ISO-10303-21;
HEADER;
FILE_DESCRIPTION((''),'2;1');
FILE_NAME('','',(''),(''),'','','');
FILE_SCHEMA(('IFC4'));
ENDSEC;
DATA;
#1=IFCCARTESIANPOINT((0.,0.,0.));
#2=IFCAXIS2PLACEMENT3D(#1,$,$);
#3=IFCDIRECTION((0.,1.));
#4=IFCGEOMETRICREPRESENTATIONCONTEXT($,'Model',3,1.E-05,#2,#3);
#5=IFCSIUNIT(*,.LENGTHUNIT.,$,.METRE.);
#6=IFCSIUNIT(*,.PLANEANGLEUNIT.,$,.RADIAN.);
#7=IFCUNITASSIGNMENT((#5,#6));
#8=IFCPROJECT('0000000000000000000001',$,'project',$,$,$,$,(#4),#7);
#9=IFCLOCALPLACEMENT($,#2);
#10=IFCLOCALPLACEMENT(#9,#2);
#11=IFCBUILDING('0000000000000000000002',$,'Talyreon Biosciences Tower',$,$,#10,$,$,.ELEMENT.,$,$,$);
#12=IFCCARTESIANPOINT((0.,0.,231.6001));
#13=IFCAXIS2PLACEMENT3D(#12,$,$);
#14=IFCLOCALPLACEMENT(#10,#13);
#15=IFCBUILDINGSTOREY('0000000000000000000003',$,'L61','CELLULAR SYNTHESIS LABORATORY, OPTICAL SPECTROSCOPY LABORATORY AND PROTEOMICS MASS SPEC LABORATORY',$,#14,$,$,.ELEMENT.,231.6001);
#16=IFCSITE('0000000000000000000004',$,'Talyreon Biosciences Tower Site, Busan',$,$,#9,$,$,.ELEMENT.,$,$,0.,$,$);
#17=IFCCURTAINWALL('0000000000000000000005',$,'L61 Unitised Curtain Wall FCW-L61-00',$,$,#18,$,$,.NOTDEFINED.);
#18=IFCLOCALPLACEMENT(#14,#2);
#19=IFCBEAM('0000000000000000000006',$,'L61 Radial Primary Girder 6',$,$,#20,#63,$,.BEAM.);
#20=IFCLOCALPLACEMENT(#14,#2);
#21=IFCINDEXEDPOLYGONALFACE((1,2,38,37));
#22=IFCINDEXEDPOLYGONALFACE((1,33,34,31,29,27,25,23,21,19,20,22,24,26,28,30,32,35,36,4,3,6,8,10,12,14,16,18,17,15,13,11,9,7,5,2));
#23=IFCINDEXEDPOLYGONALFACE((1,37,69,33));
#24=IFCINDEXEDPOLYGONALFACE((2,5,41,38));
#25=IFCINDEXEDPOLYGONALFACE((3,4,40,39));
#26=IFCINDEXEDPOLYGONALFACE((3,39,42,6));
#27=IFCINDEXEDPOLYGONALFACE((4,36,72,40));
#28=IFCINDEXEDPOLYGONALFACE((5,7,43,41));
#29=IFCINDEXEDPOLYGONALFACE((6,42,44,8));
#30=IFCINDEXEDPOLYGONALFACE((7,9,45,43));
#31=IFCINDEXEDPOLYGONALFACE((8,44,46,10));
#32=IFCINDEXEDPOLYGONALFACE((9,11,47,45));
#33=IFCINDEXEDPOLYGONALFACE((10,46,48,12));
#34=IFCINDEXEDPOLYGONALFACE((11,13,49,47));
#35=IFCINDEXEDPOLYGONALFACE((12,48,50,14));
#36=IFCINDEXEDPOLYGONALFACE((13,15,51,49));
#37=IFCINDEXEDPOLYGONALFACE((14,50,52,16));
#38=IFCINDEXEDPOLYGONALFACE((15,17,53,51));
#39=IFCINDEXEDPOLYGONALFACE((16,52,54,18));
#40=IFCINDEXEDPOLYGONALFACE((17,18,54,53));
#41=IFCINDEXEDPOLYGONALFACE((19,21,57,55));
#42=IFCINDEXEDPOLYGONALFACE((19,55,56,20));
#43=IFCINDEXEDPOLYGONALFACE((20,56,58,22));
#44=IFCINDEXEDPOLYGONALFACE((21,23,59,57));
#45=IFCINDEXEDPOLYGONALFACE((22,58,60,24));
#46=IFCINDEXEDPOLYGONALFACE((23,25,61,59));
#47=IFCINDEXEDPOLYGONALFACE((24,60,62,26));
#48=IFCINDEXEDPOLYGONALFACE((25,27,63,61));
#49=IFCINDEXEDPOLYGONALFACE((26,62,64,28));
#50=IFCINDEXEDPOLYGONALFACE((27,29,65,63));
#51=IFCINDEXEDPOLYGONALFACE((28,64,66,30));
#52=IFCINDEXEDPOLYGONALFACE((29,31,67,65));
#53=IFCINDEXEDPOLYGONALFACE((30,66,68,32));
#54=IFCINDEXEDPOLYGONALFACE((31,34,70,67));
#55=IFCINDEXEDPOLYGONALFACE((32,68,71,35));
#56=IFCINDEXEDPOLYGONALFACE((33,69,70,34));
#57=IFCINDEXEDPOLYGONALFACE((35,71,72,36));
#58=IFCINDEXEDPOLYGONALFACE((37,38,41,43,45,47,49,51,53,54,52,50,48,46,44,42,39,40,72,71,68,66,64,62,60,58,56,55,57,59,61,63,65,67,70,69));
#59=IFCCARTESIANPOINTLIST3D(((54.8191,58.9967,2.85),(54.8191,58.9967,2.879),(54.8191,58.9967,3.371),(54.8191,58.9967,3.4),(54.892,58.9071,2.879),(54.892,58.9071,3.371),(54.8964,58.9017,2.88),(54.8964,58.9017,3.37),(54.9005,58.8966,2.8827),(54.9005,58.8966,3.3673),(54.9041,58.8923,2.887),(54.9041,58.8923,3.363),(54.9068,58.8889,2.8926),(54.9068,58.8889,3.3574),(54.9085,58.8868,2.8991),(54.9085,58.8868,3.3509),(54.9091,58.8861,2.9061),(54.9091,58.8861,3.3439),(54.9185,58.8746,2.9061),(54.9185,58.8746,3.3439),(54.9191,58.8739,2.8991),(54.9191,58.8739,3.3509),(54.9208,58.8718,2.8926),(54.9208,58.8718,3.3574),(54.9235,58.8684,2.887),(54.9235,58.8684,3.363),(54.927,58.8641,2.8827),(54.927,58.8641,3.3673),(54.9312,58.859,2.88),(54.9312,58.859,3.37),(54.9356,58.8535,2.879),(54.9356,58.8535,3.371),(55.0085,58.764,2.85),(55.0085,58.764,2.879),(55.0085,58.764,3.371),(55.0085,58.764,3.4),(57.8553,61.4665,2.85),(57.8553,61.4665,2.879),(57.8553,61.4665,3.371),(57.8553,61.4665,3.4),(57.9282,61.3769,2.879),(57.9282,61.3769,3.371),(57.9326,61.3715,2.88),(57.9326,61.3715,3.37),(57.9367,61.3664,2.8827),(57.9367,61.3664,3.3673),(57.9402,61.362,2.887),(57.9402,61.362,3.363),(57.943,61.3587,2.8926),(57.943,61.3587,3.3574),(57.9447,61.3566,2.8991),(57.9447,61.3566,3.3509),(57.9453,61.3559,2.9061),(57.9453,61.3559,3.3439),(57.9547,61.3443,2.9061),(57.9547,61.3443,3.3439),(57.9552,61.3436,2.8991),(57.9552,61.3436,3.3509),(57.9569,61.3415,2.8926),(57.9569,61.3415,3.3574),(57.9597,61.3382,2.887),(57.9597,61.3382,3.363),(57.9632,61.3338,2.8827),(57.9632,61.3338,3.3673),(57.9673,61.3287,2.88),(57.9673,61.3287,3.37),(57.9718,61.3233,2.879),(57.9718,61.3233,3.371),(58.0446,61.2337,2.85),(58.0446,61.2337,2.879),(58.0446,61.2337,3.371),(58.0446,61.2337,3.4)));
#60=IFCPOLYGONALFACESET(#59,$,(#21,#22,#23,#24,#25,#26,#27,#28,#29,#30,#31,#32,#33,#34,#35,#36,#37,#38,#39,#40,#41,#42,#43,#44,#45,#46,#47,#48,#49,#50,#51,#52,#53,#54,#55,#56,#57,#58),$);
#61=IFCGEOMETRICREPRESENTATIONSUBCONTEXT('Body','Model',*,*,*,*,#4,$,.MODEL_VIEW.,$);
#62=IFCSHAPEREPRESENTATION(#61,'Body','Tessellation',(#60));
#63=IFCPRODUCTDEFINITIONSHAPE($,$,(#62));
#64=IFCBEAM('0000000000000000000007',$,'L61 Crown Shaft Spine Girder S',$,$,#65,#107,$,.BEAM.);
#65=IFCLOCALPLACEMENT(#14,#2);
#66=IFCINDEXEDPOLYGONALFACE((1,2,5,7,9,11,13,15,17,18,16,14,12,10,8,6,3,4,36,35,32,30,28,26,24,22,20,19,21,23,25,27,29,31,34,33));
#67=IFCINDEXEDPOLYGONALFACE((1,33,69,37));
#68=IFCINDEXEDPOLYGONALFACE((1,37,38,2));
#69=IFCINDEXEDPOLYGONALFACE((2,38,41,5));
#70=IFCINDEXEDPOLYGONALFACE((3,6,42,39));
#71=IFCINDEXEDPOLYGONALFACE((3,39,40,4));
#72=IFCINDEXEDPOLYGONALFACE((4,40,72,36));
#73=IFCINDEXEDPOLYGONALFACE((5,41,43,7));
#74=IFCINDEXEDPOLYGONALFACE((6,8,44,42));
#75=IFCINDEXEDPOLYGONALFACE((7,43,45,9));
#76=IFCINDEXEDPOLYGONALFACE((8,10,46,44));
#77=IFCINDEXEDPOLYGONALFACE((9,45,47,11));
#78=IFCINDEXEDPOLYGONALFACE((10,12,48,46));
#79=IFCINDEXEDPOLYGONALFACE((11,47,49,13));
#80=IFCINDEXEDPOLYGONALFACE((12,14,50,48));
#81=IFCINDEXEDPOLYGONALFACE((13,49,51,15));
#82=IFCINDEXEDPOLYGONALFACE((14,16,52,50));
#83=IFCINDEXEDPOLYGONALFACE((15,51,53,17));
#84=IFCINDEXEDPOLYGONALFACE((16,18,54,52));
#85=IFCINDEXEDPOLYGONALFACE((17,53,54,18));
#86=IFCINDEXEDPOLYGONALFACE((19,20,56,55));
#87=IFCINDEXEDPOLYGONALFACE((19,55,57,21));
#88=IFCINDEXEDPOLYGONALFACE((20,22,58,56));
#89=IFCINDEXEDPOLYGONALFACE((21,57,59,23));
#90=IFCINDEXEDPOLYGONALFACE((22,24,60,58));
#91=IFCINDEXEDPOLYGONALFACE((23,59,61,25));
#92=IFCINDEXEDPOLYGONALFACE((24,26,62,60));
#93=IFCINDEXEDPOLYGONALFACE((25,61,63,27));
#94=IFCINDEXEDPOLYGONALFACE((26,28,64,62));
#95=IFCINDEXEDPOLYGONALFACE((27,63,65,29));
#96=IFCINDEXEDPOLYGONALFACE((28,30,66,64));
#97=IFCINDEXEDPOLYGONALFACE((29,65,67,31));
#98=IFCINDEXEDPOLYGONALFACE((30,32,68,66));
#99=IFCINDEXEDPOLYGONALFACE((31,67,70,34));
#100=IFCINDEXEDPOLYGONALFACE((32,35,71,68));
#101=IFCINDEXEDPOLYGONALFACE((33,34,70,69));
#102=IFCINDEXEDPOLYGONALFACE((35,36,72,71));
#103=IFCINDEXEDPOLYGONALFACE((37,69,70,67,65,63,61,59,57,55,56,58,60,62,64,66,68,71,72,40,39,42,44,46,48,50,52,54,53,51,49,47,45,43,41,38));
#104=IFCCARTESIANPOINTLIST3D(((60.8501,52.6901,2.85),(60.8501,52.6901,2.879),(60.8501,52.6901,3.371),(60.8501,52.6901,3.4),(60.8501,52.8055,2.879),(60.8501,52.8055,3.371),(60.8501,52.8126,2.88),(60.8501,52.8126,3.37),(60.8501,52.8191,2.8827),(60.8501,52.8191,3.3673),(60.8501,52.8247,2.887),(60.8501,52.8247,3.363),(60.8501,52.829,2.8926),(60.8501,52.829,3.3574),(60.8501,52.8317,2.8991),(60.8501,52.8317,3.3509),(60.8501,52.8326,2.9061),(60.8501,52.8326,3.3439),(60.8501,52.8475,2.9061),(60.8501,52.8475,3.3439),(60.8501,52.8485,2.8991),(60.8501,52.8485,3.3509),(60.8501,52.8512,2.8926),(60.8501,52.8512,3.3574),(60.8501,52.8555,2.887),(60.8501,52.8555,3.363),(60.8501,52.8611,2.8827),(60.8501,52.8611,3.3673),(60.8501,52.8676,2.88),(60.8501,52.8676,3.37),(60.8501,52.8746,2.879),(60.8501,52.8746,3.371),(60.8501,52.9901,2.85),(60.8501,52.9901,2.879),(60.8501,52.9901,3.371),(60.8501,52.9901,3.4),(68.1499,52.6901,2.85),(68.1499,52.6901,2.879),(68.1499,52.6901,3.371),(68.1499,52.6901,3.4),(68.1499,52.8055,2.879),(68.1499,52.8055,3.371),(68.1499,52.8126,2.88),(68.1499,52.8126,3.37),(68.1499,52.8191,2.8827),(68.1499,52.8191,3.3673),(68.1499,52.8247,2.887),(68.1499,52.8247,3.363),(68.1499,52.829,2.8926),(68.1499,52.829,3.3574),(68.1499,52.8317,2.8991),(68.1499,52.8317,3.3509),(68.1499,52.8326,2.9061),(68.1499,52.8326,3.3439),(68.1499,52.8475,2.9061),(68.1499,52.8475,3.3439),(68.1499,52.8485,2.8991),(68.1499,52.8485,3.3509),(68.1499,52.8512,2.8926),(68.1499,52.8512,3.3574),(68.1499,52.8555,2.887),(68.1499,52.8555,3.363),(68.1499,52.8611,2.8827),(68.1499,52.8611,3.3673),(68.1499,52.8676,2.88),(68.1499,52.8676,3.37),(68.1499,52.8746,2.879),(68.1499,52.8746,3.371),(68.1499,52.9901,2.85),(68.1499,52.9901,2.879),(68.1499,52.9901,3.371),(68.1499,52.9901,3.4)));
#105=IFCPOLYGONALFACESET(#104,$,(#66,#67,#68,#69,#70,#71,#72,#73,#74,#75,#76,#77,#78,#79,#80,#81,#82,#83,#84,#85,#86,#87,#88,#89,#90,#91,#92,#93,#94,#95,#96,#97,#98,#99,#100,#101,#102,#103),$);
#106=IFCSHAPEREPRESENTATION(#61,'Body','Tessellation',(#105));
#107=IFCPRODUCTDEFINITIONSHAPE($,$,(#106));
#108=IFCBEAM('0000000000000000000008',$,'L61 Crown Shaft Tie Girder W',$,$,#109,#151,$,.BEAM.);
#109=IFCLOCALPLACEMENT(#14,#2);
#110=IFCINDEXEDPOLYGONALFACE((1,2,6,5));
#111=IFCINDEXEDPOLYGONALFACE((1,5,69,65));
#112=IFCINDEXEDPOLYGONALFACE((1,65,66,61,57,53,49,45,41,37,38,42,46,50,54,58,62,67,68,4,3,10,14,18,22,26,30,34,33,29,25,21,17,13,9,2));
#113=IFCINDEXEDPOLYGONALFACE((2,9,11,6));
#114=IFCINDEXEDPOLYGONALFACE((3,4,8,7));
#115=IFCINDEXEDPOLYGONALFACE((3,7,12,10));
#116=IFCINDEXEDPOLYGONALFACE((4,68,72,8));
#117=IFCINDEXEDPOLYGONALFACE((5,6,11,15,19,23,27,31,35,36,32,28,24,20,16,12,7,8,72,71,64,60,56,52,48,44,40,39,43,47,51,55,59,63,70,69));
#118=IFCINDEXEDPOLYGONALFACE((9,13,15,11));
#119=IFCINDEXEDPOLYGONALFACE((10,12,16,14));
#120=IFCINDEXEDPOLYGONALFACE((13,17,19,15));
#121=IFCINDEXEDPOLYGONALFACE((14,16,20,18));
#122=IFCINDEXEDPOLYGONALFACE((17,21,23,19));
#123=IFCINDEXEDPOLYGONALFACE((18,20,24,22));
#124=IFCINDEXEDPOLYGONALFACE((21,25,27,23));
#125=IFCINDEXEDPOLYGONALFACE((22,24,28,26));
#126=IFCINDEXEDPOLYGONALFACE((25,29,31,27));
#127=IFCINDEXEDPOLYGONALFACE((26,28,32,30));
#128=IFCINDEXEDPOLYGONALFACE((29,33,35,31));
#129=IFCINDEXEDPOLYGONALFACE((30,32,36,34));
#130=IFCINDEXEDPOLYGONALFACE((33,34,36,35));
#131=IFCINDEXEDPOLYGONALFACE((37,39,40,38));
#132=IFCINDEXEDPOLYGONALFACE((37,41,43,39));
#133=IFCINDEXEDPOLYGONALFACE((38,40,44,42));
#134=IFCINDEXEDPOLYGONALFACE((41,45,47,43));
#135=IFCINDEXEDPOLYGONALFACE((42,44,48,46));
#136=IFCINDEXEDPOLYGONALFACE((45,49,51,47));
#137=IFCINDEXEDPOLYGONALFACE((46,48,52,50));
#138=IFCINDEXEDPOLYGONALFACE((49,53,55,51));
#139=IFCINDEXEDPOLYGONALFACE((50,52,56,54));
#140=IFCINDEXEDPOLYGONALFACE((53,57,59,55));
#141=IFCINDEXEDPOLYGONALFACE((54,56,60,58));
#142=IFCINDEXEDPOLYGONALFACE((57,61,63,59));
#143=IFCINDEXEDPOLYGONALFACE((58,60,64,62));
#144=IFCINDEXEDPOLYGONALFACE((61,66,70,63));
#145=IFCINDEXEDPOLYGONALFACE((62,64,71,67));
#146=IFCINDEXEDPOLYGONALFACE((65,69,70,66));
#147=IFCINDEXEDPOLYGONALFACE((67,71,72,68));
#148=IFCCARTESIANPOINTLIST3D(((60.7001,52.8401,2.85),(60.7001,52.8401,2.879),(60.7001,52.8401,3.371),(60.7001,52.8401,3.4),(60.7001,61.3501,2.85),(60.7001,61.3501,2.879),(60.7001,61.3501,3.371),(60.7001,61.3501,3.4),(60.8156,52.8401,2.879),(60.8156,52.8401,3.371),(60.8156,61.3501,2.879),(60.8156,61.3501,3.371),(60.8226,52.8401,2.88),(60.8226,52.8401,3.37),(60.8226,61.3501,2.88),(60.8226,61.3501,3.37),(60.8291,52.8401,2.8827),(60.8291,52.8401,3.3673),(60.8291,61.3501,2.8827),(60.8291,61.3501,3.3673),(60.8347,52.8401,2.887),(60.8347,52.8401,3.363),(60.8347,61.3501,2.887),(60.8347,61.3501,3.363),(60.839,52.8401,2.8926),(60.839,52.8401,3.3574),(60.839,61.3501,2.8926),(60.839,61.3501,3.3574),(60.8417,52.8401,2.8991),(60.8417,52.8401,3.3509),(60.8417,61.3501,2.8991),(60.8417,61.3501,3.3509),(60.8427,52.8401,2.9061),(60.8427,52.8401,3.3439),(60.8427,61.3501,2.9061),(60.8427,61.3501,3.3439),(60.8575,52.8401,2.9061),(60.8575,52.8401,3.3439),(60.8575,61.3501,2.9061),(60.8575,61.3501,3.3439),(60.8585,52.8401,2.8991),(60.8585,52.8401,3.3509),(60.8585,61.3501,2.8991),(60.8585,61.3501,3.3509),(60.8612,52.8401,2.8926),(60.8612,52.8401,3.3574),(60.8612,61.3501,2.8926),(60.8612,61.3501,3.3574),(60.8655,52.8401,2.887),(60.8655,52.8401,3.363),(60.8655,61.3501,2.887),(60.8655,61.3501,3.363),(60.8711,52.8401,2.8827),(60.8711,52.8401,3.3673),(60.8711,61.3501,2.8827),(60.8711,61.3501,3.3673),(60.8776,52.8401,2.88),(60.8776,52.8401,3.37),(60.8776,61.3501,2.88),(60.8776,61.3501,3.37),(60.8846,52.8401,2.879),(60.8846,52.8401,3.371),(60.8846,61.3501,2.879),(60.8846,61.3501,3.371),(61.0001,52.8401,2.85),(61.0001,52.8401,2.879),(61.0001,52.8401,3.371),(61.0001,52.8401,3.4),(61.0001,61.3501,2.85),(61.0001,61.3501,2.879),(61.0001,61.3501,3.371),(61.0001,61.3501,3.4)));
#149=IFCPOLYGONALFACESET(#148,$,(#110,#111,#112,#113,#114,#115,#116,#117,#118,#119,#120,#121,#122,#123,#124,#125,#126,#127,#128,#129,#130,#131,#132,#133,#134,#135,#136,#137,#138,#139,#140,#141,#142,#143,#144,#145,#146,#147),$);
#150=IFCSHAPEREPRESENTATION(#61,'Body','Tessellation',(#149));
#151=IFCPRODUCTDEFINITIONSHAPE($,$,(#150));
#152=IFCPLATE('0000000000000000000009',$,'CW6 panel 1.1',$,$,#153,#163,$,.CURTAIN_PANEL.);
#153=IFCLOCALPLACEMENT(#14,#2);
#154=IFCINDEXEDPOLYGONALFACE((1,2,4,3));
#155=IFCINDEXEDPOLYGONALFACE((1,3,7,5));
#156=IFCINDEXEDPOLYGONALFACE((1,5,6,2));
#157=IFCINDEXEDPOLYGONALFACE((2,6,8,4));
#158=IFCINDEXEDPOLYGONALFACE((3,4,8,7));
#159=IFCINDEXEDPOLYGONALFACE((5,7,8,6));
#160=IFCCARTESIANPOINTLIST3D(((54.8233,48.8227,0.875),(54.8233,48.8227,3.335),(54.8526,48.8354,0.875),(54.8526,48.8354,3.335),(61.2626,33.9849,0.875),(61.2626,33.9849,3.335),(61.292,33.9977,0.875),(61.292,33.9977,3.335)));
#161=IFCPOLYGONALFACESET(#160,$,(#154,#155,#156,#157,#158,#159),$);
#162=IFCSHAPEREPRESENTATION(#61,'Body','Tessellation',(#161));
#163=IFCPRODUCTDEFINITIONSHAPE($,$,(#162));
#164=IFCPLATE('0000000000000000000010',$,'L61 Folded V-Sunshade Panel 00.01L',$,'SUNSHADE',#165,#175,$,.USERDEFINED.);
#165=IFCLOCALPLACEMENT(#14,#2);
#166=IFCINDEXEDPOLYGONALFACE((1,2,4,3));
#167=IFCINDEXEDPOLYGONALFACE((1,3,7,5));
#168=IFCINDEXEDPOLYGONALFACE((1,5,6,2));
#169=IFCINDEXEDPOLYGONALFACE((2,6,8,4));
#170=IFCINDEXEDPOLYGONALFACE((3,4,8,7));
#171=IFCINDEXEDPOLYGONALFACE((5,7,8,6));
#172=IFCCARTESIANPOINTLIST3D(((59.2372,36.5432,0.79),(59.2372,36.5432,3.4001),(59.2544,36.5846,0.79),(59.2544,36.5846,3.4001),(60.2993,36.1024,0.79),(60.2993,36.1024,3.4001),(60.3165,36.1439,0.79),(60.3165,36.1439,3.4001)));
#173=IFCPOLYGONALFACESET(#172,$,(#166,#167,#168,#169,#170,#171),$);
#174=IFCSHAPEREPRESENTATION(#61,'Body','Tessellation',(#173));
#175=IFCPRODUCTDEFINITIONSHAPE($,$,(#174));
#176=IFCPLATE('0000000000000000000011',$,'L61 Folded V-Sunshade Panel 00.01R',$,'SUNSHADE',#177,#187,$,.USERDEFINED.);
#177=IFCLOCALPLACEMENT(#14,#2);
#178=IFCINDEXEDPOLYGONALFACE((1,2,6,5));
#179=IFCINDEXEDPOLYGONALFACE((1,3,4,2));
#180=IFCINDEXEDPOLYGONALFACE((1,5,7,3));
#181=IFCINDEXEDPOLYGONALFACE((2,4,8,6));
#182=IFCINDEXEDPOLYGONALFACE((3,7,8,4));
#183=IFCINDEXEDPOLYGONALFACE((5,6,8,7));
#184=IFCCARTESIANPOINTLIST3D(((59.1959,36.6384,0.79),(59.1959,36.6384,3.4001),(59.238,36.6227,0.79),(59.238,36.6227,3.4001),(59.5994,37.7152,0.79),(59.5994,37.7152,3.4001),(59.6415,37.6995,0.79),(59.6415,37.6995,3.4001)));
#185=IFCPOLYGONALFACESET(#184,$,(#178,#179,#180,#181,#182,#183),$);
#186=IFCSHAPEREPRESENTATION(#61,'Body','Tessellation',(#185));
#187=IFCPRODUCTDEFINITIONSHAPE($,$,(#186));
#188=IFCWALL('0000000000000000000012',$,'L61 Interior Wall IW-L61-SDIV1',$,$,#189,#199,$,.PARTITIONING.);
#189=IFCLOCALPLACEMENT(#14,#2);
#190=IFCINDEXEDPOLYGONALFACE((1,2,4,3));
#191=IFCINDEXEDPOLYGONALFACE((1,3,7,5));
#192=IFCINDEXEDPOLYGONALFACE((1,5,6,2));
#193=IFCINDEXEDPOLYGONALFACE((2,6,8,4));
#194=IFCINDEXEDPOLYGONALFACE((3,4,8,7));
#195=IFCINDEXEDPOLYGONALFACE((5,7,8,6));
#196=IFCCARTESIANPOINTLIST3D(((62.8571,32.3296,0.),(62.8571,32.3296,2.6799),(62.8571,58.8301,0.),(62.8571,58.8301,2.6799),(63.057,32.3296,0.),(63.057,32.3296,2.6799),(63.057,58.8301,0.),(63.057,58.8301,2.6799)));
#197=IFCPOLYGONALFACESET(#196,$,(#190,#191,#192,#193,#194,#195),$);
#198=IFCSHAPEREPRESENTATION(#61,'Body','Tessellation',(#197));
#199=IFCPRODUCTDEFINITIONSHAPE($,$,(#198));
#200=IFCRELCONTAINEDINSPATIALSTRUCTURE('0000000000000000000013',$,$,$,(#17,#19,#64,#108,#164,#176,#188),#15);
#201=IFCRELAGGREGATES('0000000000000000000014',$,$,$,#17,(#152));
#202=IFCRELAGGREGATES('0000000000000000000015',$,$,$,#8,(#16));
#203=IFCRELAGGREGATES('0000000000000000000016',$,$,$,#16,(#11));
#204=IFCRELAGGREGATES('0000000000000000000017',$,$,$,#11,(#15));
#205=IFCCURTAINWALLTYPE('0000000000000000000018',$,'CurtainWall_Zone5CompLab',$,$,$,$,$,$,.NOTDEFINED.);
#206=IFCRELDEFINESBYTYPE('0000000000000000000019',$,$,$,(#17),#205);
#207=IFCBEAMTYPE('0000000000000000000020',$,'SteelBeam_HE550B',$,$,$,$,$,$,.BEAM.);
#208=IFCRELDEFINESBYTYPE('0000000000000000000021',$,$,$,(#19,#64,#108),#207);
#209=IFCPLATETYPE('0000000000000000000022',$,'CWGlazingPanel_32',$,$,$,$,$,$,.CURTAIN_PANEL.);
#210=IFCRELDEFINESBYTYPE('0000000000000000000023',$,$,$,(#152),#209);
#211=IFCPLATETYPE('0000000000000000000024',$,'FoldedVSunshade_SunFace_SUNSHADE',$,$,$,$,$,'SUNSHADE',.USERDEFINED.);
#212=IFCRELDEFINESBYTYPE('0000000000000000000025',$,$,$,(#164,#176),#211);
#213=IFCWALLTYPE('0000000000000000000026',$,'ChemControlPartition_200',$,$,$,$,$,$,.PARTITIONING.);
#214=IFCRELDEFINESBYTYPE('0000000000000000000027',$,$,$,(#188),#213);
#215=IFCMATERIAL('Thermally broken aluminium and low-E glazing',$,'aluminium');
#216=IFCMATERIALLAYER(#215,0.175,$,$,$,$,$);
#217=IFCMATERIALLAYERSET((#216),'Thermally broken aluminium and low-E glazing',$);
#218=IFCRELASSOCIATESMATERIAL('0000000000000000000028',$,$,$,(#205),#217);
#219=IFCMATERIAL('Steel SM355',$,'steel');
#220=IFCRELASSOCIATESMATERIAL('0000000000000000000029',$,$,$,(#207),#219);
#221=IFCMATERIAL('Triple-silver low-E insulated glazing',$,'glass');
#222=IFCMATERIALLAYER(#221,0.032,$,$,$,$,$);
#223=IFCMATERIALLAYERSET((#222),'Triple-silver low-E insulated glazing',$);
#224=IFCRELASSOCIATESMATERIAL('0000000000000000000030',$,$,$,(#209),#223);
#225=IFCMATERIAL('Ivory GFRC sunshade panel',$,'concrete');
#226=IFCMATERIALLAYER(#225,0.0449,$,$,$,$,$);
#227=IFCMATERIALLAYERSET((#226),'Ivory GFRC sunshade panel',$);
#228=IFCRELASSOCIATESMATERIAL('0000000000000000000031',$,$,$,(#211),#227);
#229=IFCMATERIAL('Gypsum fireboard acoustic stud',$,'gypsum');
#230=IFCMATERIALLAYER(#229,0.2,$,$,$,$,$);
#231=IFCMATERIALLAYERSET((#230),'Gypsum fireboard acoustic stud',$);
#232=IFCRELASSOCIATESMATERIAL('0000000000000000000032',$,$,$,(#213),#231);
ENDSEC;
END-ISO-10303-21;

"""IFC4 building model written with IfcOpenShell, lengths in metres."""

from ifc_helpers import new_model, si_unit, direction, frame, frame_2d, origin, origin_2d, place, context, subcontext, project, spatial, rectangle, i_section, extrude, material, layer, layer_set, material_profile, profile_set, type_object, element, aggregate, save


model = new_model("IFC4")

# Units and contexts
model_context = context("Model", 3, precision=1e-05, world=origin(), true_north=direction((0.0, 1.0)))
body_context = subcontext(model_context, "Body", "Model", "MODEL_VIEW")
ifc_project = project(units=[si_unit("LENGTHUNIT", "METRE"), si_unit("PLANEANGLEUNIT", "RADIAN")], contexts=[model_context])

# Site, building, storey
site_placement = place(None, origin())
site = spatial("IfcSite", under=ifc_project, at=site_placement, Name="Talyreon Biosciences Tower Site, Busan", CompositionType="ELEMENT", RefElevation=0.0)
building_placement = place(site_placement, origin())
building = spatial("IfcBuilding", under=site, at=building_placement, Name="Talyreon Biosciences Tower", CompositionType="ELEMENT")
storey_placement = place(building_placement, frame((0.0, 0.0, 231.6001)))
storey = spatial("IfcBuildingStorey", under=building, at=storey_placement, Name="L61", Description="CELLULAR SYNTHESIS LABORATORY, OPTICAL SPECTROSCOPY LABORATORY AND PROTEOMICS MASS SPEC LABORATORY", CompositionType="ELEMENT", Elevation=231.6001)

# Curtain wall
ifc_material_1 = material(Name="Thermally broken aluminium and low-E glazing", Category="aluminium")
ifc_layer_1 = layer(ifc_material_1, 0.175)
ifc_layer_set_1 = layer_set([ifc_layer_1], Name="Thermally broken aluminium and low-E glazing")
curtain_wall_type = type_object("IfcCurtainWallType", Name="CurtainWall_Zone5CompLab", PredefinedType="NOTDEFINED", material=ifc_layer_set_1)
curtain_wall_placement = place(storey_placement, origin())
curtain_wall = element("IfcCurtainWall", 1, at=curtain_wall_placement, inside=storey, type_object=curtain_wall_type, Name="L61 Unitised Curtain Wall FCW-L61-00", PredefinedType="NOTDEFINED")

# Beams
ifc_material_2 = material(Name="Steel SM355", Category="steel")
ifc_material_profile_1 = material_profile(ifc_material_2, i_section(OverallWidth=0.3, OverallDepth=0.55, WebThickness=0.0149, FlangeThickness=0.0291, FilletRadius=0.0271, at=origin_2d()), Name="HE550B")
ifc_profile_set_1 = profile_set([ifc_material_profile_1], Name="Steel SM355")
beam_type_1 = type_object("IfcBeamType", Name="SteelBeam_HE550B", PredefinedType="BEAM", material=ifc_profile_set_1)
beam_1_placement = place(storey_placement, frame((57.95, 61.3501, 3.125), z_axis=(-0.775755, -0.631034, 0.0), x_axis=(0.631034, -0.775755, 0.0)))
element("IfcBeam", 2, at=beam_1_placement, inside=storey, type_object=beam_type_1, Name="L61 Radial Primary Girder 6", PredefinedType="BEAM", context=body_context, shape_type="SweptSolid", body=[
    extrude(i_section(OverallWidth=0.3, OverallDepth=0.55, WebThickness=0.0149, FlangeThickness=0.0291, FilletRadius=0.0271, at=origin_2d()), origin(), (0.0, 0.0, 1.0), 3.9138),
])
beam_2_placement = place(storey_placement, frame((60.8501, 52.8401, 3.125), z_axis=(1.0, 0.0, 0.0), x_axis=(0.0, 1.0, 0.0)))
element("IfcBeam", 3, at=beam_2_placement, inside=storey, type_object=beam_type_1, Name="L61 Crown Shaft Spine Girder S", PredefinedType="BEAM", context=body_context, shape_type="SweptSolid", body=[
    extrude(i_section(OverallWidth=0.3, OverallDepth=0.55, WebThickness=0.0149, FlangeThickness=0.0291, FilletRadius=0.0271, at=origin_2d()), origin(), (0.0, 0.0, 1.0), 7.2998),
])
beam_3_placement = place(storey_placement, frame((60.8501, 52.8401, 3.125), z_axis=(0.0, 1.0, 0.0), x_axis=(-1.0, 0.0, 0.0)))
element("IfcBeam", 4, at=beam_3_placement, inside=storey, type_object=beam_type_1, Name="L61 Crown Shaft Tie Girder W", PredefinedType="BEAM", context=body_context, shape_type="SweptSolid", body=[
    extrude(i_section(OverallWidth=0.3, OverallDepth=0.55, WebThickness=0.0149, FlangeThickness=0.0291, FilletRadius=0.0271, at=origin_2d()), origin(), (0.0, 0.0, 1.0), 8.51),
])

# Plate
ifc_material_3 = material(Name="Triple-silver low-E insulated glazing", Category="glass")
ifc_layer_2 = layer(ifc_material_3, 0.032)
ifc_layer_set_2 = layer_set([ifc_layer_2], Name="Triple-silver low-E insulated glazing")
plate_type_1 = type_object("IfcPlateType", Name="CWGlazingPanel_32", PredefinedType="CURTAIN_PANEL", material=ifc_layer_set_2)
plate_placement = place(storey_placement, frame((58.0576, 41.4102, 0.875), z_axis=(0.0, 0.0, 1.0), x_axis=(-0.398112, 0.917337, 0.0)))
plate = element("IfcPlate", 5, at=plate_placement, type_object=plate_type_1, Name="CW6 panel 1.1", PredefinedType="CURTAIN_PANEL", context=body_context, shape_type="SweptSolid", body=[
    extrude(rectangle(XDim=16.1748, YDim=0.032, at=origin_2d()), origin(), (0.0, 0.0, 1.0), 2.46),
])
aggregate(curtain_wall, [plate])

# Plates
ifc_material_4 = material(Name="Ivory GFRC sunshade panel", Category="concrete")
ifc_layer_3 = layer(ifc_material_4, 0.0449)
ifc_layer_set_3 = layer_set([ifc_layer_3], Name="Ivory GFRC sunshade panel")
plate_type_2 = type_object("IfcPlateType", Name="FoldedVSunshade_SunFace_SUNSHADE", ElementType="SUNSHADE", PredefinedType="USERDEFINED", material=ifc_layer_set_3)
for number, where, z_axis, x_axis, name in (
    (6, (59.7769, 36.3435, 0.79), (0.0, 0.0, 1.0), (-0.923612, 0.383328, 0.0), "L61 Folded V-Sunshade Panel 00.01L"),
    (7, (59.4187, 37.1689, 0.79), (0.0, 0.0, 1.0), (0.350861, 0.936427, 0.0), "L61 Folded V-Sunshade Panel 00.01R"),
):
    element("IfcPlate", number, at=place(storey_placement, frame(where, z_axis=z_axis, x_axis=x_axis)), inside=storey, type_object=plate_type_2, Name=name, ObjectType="SUNSHADE", PredefinedType="USERDEFINED", context=body_context, shape_type="SweptSolid", body=[
        extrude(rectangle(XDim=1.1499, YDim=0.0449, at=origin_2d()), origin(), (0.0, 0.0, 1.0), 2.6101),
    ])

# Wall
ifc_material_5 = material(Name="Gypsum fireboard acoustic stud", Category="gypsum")
ifc_layer_4 = layer(ifc_material_5, 0.2)
ifc_layer_set_4 = layer_set([ifc_layer_4], Name="Gypsum fireboard acoustic stud")
wall_type_1 = type_object("IfcWallType", Name="ChemControlPartition_200", PredefinedType="PARTITIONING", material=ifc_layer_set_4)
wall_1_placement = place(storey_placement, frame((62.957, 32.3296, 0.0), z_axis=(0.0, 0.0, 1.0), x_axis=(0.0, 1.0, 0.0)))
element("IfcWall", 8, at=wall_1_placement, inside=storey, type_object=wall_type_1, Name="L61 Interior Wall IW-L61-SDIV1", PredefinedType="PARTITIONING", context=body_context, shape_type="SweptSolid", body=[
    extrude(rectangle(XDim=26.5005, YDim=0.2, at=frame_2d((13.2502, 0.0))), origin(), (0.0, 0.0, 1.0), 2.6799),
])

save(model, "model.ifc")
